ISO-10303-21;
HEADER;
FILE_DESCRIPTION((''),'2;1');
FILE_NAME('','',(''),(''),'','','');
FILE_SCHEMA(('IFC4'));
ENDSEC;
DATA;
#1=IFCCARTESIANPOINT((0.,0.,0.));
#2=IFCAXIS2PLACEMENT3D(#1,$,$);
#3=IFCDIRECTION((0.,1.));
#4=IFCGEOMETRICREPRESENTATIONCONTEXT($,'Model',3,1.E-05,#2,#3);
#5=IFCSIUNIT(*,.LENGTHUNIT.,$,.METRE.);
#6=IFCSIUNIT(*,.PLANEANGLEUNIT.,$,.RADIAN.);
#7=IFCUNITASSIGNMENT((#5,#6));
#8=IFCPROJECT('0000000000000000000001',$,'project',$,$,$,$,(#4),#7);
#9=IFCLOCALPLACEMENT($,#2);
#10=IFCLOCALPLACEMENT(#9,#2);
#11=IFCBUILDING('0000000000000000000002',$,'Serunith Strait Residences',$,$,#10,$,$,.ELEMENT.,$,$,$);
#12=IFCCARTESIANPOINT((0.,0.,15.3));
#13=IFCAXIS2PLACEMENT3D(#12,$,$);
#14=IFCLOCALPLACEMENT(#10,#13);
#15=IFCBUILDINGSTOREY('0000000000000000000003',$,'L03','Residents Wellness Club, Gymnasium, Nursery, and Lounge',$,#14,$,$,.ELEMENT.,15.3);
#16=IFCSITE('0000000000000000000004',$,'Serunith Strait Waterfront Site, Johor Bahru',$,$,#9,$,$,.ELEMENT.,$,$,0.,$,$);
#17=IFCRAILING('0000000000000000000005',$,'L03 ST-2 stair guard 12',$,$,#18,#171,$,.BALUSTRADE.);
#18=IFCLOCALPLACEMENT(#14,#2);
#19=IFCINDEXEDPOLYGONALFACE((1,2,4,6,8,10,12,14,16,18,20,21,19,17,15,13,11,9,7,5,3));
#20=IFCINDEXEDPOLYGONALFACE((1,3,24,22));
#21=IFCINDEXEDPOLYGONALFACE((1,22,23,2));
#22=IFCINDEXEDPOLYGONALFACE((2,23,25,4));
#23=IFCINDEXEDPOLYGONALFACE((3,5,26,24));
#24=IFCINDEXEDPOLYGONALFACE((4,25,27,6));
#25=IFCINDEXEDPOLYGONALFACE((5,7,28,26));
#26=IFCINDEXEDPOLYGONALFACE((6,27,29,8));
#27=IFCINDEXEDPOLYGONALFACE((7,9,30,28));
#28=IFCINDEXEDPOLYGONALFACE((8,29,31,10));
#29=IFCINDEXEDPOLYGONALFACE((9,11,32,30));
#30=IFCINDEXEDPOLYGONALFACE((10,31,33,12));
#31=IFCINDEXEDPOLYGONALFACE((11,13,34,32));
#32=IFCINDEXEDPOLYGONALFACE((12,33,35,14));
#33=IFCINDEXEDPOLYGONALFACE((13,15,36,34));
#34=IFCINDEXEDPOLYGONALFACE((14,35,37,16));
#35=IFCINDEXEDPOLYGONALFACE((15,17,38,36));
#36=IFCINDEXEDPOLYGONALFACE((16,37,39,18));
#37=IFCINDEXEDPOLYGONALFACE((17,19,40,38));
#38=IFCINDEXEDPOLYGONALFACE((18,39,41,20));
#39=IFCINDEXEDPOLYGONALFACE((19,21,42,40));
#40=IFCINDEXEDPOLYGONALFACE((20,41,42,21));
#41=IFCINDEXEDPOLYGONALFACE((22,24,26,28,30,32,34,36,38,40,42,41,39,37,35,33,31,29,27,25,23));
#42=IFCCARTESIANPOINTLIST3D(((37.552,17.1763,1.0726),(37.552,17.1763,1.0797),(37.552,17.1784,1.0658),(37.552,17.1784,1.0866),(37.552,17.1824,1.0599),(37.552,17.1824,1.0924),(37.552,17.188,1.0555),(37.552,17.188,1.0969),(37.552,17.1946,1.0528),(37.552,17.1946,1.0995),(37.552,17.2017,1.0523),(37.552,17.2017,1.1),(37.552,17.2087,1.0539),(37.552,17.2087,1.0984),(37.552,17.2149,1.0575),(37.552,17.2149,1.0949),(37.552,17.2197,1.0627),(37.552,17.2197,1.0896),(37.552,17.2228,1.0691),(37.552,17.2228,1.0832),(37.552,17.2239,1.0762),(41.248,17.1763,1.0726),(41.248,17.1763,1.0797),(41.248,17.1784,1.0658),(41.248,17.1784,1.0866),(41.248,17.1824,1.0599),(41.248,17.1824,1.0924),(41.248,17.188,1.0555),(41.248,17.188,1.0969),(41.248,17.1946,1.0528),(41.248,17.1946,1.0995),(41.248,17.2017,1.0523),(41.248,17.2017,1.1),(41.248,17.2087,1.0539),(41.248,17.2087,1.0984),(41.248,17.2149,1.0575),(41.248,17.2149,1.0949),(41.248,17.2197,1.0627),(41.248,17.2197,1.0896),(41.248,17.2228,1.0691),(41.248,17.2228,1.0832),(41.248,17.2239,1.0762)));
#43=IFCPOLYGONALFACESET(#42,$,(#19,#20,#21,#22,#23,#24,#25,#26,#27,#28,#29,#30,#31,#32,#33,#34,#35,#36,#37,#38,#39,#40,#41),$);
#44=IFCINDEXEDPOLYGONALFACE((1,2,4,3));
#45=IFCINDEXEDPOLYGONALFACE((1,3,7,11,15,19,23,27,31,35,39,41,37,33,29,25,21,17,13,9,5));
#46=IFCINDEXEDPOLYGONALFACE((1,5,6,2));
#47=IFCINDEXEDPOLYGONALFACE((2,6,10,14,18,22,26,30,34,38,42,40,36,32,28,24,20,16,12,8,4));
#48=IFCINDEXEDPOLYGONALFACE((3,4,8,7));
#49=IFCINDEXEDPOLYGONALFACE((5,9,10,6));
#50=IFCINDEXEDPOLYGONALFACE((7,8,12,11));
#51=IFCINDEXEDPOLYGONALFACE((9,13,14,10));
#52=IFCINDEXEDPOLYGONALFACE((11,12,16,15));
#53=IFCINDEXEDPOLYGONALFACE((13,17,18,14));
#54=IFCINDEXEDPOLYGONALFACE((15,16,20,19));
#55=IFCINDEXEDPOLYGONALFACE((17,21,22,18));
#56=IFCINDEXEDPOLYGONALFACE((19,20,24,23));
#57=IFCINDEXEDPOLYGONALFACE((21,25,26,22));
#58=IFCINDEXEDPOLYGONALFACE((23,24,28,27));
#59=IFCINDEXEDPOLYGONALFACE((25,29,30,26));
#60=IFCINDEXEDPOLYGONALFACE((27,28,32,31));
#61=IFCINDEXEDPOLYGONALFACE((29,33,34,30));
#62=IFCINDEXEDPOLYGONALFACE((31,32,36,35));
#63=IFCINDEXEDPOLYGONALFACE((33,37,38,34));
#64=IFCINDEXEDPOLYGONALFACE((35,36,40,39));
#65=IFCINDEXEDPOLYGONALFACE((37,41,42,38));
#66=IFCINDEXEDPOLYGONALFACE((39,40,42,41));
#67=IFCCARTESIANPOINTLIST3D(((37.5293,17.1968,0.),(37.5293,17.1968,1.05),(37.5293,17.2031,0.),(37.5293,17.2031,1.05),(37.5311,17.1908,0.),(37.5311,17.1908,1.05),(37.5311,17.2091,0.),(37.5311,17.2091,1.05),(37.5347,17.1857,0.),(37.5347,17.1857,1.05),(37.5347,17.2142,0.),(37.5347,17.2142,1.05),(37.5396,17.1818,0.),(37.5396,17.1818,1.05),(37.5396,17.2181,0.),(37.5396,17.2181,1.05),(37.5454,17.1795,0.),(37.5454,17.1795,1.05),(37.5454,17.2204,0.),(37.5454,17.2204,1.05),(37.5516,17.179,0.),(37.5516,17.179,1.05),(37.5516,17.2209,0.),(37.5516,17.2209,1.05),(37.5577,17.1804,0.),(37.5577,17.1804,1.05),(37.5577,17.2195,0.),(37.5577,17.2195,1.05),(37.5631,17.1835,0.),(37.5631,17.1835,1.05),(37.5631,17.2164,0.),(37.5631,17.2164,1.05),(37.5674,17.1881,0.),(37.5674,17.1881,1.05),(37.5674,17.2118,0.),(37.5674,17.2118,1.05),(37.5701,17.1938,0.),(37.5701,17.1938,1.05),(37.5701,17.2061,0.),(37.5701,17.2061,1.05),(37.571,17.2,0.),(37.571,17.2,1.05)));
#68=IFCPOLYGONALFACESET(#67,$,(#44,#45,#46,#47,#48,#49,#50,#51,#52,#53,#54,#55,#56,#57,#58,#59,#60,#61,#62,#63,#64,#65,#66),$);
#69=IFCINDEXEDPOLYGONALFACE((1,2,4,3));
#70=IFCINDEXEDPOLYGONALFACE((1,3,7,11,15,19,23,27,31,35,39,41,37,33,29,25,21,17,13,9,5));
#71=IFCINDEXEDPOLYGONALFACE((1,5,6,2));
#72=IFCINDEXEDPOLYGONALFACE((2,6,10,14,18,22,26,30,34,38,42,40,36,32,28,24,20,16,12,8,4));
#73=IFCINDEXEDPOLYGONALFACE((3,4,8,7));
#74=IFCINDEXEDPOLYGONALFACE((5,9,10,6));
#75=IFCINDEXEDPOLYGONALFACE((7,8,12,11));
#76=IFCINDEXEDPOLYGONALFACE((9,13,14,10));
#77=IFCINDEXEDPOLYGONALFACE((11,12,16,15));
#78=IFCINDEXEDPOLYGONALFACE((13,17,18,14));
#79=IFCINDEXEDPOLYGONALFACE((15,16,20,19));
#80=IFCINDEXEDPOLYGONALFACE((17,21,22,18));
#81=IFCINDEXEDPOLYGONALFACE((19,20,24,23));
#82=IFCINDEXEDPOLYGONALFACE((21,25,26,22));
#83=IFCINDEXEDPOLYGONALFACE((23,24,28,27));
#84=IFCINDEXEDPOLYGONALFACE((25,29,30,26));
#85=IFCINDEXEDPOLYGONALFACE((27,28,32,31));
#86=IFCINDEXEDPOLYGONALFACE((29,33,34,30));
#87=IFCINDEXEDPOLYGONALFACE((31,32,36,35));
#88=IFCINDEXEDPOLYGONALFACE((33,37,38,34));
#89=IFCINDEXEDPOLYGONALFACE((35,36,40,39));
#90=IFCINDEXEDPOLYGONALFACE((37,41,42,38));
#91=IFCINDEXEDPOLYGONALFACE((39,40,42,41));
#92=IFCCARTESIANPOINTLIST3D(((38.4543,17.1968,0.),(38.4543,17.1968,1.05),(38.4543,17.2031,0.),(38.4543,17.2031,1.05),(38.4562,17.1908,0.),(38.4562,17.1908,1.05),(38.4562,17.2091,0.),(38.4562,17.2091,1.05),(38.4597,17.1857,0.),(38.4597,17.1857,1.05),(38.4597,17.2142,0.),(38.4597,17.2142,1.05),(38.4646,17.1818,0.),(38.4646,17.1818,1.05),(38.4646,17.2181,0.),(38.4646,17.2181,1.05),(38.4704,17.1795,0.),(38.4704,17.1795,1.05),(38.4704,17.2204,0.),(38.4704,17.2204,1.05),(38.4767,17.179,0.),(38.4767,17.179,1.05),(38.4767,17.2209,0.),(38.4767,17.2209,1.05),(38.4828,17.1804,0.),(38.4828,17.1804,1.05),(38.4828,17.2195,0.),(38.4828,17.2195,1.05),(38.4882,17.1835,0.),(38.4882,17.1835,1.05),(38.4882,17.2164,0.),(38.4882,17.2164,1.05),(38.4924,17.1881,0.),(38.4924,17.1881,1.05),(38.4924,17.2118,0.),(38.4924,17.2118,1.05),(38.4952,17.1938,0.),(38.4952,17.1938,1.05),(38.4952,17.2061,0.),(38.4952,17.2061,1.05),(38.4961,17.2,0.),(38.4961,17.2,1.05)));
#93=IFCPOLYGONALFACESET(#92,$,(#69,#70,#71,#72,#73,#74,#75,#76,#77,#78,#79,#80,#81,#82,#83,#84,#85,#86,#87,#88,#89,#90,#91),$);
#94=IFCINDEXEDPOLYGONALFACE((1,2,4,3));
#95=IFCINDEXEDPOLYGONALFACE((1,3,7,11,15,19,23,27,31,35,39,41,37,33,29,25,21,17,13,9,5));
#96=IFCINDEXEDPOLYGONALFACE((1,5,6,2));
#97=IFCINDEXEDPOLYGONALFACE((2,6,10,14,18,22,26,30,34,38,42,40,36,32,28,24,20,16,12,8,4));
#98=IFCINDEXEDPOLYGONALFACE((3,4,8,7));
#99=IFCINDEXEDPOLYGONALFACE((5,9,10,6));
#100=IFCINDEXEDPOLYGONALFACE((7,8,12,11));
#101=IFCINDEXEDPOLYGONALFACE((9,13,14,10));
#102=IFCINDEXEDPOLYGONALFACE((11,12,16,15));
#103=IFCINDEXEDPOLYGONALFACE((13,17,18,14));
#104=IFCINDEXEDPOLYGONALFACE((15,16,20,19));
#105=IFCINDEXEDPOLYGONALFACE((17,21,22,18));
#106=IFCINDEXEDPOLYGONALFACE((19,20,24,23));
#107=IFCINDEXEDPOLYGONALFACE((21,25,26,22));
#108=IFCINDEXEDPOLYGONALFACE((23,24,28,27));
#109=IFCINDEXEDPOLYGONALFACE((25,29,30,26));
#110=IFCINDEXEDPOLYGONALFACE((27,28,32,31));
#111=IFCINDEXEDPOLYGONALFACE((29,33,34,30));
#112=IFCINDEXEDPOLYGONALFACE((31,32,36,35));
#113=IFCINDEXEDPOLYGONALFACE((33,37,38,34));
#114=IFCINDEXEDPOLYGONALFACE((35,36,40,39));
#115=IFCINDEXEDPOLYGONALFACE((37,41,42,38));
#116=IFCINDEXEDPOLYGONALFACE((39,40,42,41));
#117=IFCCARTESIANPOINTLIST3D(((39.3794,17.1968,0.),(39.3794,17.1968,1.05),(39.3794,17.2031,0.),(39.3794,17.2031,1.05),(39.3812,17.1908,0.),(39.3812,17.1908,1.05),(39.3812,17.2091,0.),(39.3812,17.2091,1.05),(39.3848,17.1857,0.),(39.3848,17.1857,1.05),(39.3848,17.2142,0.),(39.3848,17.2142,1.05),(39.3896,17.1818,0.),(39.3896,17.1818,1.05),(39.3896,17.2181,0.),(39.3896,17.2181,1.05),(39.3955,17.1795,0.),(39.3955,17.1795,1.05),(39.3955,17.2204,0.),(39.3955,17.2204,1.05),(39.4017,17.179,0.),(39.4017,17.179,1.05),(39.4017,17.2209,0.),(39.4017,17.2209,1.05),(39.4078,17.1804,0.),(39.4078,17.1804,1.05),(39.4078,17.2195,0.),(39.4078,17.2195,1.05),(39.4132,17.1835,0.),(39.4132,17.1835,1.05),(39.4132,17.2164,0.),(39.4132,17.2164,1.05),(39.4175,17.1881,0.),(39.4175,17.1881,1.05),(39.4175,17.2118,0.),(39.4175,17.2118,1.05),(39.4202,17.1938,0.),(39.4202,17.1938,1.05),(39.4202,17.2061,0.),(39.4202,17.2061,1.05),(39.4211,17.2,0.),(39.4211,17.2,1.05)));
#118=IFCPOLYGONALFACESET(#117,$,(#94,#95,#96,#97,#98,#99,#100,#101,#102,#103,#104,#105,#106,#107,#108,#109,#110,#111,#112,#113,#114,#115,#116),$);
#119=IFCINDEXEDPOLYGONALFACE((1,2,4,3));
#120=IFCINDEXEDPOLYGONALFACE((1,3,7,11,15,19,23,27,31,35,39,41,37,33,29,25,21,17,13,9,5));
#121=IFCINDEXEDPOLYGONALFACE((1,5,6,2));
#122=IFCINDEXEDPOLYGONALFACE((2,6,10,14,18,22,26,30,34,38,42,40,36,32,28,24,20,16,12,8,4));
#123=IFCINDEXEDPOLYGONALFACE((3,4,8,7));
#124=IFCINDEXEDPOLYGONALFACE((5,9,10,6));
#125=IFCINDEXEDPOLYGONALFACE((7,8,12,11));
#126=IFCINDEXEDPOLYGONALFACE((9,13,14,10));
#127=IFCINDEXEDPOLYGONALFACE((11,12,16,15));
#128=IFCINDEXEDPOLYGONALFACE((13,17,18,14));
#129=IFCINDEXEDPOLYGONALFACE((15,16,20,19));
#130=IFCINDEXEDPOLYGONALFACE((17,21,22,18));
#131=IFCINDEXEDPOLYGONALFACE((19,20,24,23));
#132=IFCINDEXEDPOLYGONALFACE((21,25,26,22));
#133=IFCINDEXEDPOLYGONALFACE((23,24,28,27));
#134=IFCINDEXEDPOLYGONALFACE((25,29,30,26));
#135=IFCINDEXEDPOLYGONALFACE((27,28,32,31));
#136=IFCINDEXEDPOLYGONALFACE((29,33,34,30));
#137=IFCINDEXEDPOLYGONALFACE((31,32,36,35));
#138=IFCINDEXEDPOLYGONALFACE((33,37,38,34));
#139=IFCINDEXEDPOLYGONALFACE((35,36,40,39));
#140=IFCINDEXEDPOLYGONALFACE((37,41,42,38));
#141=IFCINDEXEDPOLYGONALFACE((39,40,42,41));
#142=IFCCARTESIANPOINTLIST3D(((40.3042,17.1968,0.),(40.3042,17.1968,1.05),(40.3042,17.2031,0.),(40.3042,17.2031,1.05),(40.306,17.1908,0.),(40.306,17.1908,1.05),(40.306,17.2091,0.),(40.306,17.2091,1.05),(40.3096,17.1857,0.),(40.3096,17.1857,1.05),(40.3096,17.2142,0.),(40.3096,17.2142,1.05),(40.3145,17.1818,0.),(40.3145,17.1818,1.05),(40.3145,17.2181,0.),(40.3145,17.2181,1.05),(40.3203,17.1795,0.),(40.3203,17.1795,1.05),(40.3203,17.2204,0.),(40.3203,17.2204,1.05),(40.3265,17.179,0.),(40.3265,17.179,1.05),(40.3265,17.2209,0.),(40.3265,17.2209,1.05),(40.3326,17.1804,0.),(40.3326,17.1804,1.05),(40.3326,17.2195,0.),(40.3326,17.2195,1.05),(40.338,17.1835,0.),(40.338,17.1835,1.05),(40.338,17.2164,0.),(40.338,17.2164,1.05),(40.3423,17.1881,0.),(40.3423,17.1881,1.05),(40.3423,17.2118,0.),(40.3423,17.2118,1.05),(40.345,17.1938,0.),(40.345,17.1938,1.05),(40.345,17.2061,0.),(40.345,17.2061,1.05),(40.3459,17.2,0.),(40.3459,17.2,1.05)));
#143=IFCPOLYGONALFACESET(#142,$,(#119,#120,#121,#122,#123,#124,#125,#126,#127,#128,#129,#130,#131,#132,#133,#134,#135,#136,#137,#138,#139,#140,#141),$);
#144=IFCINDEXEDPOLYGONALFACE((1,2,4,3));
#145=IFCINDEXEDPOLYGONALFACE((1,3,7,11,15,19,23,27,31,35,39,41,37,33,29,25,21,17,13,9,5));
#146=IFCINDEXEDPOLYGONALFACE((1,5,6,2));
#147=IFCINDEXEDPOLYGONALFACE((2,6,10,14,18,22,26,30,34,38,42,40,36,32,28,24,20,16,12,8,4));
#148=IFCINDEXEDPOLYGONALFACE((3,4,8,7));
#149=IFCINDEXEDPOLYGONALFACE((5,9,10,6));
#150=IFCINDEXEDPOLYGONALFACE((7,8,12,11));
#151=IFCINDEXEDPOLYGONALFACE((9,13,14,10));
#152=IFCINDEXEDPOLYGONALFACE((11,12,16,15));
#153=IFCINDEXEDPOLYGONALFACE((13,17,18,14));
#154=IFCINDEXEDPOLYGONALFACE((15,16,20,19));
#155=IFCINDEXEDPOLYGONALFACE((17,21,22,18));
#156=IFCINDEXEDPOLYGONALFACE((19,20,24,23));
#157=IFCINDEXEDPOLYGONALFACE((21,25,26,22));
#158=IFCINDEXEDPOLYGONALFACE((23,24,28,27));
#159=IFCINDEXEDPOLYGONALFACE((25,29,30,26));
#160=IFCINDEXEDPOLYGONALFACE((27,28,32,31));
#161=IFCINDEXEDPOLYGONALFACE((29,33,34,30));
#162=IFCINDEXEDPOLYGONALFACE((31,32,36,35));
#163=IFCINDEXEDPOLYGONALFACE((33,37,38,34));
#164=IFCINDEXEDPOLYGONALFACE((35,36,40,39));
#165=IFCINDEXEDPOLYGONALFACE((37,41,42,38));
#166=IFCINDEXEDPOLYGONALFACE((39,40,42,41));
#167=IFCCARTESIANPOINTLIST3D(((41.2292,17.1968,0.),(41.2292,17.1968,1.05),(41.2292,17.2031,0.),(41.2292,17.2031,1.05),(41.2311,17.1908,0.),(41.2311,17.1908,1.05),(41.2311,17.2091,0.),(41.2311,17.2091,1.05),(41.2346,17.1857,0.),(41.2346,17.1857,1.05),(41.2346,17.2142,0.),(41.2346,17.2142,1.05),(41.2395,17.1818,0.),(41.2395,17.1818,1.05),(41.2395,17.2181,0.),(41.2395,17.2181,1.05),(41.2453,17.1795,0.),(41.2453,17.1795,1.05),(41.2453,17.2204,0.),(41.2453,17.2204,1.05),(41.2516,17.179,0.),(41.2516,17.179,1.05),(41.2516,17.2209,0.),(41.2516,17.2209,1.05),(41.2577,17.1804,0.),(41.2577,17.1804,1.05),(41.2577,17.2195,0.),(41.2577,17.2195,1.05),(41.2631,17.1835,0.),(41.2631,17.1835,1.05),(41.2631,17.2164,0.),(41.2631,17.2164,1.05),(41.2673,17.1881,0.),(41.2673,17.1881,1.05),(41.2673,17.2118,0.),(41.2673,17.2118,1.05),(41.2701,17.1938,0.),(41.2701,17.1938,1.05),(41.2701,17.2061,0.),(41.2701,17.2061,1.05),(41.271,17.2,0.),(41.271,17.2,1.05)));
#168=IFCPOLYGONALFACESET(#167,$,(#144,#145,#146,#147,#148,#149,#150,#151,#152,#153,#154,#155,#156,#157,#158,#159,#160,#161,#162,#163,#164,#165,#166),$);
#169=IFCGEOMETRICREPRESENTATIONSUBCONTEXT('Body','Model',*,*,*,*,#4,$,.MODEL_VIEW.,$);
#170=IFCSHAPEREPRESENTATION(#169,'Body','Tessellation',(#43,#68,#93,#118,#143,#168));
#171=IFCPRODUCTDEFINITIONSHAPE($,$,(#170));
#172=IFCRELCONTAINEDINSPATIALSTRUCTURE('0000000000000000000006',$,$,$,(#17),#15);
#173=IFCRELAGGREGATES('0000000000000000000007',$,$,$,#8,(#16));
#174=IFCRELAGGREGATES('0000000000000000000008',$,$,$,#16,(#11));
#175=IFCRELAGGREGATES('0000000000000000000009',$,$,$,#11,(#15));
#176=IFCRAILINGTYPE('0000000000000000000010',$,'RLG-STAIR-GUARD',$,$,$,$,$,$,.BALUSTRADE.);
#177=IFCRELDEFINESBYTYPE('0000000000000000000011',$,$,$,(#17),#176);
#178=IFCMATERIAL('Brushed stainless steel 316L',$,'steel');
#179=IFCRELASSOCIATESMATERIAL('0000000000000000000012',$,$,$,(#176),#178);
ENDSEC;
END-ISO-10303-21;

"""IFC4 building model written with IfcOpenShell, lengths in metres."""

from ifc_helpers import new_model, si_unit, direction, frame, origin, origin_2d, place, context, subcontext, project, spatial, circle, extrude, material, type_object, element, save


model = new_model("IFC4")

# Units and contexts
model_context = context("Model", 3, precision=1e-05, world=origin(), true_north=direction((0.0, 1.0)))
body_context = subcontext(model_context, "Body", "Model", "MODEL_VIEW")
ifc_project = project(units=[si_unit("LENGTHUNIT", "METRE"), si_unit("PLANEANGLEUNIT", "RADIAN")], contexts=[model_context])

# Site, building, storey
site_placement = place(None, origin())
site = spatial("IfcSite", under=ifc_project, at=site_placement, Name="Serunith Strait Waterfront Site, Johor Bahru", CompositionType="ELEMENT", RefElevation=0.0)
building_placement = place(site_placement, origin())
building = spatial("IfcBuilding", under=site, at=building_placement, Name="Serunith Strait Residences", CompositionType="ELEMENT")
storey_placement = place(building_placement, frame((0.0, 0.0, 15.3)))
storey = spatial("IfcBuildingStorey", under=building, at=storey_placement, Name="L03", Description="Residents Wellness Club, Gymnasium, Nursery, and Lounge", CompositionType="ELEMENT", Elevation=15.3)

# Railing
ifc_material_1 = material(Name="Brushed stainless steel 316L", Category="steel")
railing_type = type_object("IfcRailingType", Name="RLG-STAIR-GUARD", PredefinedType="BALUSTRADE", material=ifc_material_1)
railing_1_placement = place(storey_placement, frame((37.55, 17.2, 0.0)))
element("IfcRailing", 1, at=railing_1_placement, inside=storey, type_object=railing_type, Name="L03 ST-2 stair guard 12", PredefinedType="BALUSTRADE", context=body_context, shape_type="SweptSolid", body=[
    extrude(circle(Radius=0.0239, at=origin_2d()), frame((0.002, 0.0, 1.0762), z_axis=(1.0, 0.0, 0.0), x_axis=(0.0, 1.0, 0.0)), (0.0, 0.0, 1.0), 3.696),
    extrude(circle(Radius=0.021, at=origin_2d()), origin(), (0.0, 0.0, 1.0), 1.05),
    extrude(circle(Radius=0.021, at=origin_2d()), frame((0.925, 0.0, 0.0)), (0.0, 0.0, 1.0), 1.05),
    extrude(circle(Radius=0.021, at=origin_2d()), frame((1.8501, 0.0, 0.0)), (0.0, 0.0, 1.0), 1.05),
    extrude(circle(Radius=0.021, at=origin_2d()), frame((2.7749, 0.0, 0.0)), (0.0, 0.0, 1.0), 1.05),
    extrude(circle(Radius=0.021, at=origin_2d()), frame((3.7, 0.0, 0.0)), (0.0, 0.0, 1.0), 1.05),
])

save(model, "model.ifc")
